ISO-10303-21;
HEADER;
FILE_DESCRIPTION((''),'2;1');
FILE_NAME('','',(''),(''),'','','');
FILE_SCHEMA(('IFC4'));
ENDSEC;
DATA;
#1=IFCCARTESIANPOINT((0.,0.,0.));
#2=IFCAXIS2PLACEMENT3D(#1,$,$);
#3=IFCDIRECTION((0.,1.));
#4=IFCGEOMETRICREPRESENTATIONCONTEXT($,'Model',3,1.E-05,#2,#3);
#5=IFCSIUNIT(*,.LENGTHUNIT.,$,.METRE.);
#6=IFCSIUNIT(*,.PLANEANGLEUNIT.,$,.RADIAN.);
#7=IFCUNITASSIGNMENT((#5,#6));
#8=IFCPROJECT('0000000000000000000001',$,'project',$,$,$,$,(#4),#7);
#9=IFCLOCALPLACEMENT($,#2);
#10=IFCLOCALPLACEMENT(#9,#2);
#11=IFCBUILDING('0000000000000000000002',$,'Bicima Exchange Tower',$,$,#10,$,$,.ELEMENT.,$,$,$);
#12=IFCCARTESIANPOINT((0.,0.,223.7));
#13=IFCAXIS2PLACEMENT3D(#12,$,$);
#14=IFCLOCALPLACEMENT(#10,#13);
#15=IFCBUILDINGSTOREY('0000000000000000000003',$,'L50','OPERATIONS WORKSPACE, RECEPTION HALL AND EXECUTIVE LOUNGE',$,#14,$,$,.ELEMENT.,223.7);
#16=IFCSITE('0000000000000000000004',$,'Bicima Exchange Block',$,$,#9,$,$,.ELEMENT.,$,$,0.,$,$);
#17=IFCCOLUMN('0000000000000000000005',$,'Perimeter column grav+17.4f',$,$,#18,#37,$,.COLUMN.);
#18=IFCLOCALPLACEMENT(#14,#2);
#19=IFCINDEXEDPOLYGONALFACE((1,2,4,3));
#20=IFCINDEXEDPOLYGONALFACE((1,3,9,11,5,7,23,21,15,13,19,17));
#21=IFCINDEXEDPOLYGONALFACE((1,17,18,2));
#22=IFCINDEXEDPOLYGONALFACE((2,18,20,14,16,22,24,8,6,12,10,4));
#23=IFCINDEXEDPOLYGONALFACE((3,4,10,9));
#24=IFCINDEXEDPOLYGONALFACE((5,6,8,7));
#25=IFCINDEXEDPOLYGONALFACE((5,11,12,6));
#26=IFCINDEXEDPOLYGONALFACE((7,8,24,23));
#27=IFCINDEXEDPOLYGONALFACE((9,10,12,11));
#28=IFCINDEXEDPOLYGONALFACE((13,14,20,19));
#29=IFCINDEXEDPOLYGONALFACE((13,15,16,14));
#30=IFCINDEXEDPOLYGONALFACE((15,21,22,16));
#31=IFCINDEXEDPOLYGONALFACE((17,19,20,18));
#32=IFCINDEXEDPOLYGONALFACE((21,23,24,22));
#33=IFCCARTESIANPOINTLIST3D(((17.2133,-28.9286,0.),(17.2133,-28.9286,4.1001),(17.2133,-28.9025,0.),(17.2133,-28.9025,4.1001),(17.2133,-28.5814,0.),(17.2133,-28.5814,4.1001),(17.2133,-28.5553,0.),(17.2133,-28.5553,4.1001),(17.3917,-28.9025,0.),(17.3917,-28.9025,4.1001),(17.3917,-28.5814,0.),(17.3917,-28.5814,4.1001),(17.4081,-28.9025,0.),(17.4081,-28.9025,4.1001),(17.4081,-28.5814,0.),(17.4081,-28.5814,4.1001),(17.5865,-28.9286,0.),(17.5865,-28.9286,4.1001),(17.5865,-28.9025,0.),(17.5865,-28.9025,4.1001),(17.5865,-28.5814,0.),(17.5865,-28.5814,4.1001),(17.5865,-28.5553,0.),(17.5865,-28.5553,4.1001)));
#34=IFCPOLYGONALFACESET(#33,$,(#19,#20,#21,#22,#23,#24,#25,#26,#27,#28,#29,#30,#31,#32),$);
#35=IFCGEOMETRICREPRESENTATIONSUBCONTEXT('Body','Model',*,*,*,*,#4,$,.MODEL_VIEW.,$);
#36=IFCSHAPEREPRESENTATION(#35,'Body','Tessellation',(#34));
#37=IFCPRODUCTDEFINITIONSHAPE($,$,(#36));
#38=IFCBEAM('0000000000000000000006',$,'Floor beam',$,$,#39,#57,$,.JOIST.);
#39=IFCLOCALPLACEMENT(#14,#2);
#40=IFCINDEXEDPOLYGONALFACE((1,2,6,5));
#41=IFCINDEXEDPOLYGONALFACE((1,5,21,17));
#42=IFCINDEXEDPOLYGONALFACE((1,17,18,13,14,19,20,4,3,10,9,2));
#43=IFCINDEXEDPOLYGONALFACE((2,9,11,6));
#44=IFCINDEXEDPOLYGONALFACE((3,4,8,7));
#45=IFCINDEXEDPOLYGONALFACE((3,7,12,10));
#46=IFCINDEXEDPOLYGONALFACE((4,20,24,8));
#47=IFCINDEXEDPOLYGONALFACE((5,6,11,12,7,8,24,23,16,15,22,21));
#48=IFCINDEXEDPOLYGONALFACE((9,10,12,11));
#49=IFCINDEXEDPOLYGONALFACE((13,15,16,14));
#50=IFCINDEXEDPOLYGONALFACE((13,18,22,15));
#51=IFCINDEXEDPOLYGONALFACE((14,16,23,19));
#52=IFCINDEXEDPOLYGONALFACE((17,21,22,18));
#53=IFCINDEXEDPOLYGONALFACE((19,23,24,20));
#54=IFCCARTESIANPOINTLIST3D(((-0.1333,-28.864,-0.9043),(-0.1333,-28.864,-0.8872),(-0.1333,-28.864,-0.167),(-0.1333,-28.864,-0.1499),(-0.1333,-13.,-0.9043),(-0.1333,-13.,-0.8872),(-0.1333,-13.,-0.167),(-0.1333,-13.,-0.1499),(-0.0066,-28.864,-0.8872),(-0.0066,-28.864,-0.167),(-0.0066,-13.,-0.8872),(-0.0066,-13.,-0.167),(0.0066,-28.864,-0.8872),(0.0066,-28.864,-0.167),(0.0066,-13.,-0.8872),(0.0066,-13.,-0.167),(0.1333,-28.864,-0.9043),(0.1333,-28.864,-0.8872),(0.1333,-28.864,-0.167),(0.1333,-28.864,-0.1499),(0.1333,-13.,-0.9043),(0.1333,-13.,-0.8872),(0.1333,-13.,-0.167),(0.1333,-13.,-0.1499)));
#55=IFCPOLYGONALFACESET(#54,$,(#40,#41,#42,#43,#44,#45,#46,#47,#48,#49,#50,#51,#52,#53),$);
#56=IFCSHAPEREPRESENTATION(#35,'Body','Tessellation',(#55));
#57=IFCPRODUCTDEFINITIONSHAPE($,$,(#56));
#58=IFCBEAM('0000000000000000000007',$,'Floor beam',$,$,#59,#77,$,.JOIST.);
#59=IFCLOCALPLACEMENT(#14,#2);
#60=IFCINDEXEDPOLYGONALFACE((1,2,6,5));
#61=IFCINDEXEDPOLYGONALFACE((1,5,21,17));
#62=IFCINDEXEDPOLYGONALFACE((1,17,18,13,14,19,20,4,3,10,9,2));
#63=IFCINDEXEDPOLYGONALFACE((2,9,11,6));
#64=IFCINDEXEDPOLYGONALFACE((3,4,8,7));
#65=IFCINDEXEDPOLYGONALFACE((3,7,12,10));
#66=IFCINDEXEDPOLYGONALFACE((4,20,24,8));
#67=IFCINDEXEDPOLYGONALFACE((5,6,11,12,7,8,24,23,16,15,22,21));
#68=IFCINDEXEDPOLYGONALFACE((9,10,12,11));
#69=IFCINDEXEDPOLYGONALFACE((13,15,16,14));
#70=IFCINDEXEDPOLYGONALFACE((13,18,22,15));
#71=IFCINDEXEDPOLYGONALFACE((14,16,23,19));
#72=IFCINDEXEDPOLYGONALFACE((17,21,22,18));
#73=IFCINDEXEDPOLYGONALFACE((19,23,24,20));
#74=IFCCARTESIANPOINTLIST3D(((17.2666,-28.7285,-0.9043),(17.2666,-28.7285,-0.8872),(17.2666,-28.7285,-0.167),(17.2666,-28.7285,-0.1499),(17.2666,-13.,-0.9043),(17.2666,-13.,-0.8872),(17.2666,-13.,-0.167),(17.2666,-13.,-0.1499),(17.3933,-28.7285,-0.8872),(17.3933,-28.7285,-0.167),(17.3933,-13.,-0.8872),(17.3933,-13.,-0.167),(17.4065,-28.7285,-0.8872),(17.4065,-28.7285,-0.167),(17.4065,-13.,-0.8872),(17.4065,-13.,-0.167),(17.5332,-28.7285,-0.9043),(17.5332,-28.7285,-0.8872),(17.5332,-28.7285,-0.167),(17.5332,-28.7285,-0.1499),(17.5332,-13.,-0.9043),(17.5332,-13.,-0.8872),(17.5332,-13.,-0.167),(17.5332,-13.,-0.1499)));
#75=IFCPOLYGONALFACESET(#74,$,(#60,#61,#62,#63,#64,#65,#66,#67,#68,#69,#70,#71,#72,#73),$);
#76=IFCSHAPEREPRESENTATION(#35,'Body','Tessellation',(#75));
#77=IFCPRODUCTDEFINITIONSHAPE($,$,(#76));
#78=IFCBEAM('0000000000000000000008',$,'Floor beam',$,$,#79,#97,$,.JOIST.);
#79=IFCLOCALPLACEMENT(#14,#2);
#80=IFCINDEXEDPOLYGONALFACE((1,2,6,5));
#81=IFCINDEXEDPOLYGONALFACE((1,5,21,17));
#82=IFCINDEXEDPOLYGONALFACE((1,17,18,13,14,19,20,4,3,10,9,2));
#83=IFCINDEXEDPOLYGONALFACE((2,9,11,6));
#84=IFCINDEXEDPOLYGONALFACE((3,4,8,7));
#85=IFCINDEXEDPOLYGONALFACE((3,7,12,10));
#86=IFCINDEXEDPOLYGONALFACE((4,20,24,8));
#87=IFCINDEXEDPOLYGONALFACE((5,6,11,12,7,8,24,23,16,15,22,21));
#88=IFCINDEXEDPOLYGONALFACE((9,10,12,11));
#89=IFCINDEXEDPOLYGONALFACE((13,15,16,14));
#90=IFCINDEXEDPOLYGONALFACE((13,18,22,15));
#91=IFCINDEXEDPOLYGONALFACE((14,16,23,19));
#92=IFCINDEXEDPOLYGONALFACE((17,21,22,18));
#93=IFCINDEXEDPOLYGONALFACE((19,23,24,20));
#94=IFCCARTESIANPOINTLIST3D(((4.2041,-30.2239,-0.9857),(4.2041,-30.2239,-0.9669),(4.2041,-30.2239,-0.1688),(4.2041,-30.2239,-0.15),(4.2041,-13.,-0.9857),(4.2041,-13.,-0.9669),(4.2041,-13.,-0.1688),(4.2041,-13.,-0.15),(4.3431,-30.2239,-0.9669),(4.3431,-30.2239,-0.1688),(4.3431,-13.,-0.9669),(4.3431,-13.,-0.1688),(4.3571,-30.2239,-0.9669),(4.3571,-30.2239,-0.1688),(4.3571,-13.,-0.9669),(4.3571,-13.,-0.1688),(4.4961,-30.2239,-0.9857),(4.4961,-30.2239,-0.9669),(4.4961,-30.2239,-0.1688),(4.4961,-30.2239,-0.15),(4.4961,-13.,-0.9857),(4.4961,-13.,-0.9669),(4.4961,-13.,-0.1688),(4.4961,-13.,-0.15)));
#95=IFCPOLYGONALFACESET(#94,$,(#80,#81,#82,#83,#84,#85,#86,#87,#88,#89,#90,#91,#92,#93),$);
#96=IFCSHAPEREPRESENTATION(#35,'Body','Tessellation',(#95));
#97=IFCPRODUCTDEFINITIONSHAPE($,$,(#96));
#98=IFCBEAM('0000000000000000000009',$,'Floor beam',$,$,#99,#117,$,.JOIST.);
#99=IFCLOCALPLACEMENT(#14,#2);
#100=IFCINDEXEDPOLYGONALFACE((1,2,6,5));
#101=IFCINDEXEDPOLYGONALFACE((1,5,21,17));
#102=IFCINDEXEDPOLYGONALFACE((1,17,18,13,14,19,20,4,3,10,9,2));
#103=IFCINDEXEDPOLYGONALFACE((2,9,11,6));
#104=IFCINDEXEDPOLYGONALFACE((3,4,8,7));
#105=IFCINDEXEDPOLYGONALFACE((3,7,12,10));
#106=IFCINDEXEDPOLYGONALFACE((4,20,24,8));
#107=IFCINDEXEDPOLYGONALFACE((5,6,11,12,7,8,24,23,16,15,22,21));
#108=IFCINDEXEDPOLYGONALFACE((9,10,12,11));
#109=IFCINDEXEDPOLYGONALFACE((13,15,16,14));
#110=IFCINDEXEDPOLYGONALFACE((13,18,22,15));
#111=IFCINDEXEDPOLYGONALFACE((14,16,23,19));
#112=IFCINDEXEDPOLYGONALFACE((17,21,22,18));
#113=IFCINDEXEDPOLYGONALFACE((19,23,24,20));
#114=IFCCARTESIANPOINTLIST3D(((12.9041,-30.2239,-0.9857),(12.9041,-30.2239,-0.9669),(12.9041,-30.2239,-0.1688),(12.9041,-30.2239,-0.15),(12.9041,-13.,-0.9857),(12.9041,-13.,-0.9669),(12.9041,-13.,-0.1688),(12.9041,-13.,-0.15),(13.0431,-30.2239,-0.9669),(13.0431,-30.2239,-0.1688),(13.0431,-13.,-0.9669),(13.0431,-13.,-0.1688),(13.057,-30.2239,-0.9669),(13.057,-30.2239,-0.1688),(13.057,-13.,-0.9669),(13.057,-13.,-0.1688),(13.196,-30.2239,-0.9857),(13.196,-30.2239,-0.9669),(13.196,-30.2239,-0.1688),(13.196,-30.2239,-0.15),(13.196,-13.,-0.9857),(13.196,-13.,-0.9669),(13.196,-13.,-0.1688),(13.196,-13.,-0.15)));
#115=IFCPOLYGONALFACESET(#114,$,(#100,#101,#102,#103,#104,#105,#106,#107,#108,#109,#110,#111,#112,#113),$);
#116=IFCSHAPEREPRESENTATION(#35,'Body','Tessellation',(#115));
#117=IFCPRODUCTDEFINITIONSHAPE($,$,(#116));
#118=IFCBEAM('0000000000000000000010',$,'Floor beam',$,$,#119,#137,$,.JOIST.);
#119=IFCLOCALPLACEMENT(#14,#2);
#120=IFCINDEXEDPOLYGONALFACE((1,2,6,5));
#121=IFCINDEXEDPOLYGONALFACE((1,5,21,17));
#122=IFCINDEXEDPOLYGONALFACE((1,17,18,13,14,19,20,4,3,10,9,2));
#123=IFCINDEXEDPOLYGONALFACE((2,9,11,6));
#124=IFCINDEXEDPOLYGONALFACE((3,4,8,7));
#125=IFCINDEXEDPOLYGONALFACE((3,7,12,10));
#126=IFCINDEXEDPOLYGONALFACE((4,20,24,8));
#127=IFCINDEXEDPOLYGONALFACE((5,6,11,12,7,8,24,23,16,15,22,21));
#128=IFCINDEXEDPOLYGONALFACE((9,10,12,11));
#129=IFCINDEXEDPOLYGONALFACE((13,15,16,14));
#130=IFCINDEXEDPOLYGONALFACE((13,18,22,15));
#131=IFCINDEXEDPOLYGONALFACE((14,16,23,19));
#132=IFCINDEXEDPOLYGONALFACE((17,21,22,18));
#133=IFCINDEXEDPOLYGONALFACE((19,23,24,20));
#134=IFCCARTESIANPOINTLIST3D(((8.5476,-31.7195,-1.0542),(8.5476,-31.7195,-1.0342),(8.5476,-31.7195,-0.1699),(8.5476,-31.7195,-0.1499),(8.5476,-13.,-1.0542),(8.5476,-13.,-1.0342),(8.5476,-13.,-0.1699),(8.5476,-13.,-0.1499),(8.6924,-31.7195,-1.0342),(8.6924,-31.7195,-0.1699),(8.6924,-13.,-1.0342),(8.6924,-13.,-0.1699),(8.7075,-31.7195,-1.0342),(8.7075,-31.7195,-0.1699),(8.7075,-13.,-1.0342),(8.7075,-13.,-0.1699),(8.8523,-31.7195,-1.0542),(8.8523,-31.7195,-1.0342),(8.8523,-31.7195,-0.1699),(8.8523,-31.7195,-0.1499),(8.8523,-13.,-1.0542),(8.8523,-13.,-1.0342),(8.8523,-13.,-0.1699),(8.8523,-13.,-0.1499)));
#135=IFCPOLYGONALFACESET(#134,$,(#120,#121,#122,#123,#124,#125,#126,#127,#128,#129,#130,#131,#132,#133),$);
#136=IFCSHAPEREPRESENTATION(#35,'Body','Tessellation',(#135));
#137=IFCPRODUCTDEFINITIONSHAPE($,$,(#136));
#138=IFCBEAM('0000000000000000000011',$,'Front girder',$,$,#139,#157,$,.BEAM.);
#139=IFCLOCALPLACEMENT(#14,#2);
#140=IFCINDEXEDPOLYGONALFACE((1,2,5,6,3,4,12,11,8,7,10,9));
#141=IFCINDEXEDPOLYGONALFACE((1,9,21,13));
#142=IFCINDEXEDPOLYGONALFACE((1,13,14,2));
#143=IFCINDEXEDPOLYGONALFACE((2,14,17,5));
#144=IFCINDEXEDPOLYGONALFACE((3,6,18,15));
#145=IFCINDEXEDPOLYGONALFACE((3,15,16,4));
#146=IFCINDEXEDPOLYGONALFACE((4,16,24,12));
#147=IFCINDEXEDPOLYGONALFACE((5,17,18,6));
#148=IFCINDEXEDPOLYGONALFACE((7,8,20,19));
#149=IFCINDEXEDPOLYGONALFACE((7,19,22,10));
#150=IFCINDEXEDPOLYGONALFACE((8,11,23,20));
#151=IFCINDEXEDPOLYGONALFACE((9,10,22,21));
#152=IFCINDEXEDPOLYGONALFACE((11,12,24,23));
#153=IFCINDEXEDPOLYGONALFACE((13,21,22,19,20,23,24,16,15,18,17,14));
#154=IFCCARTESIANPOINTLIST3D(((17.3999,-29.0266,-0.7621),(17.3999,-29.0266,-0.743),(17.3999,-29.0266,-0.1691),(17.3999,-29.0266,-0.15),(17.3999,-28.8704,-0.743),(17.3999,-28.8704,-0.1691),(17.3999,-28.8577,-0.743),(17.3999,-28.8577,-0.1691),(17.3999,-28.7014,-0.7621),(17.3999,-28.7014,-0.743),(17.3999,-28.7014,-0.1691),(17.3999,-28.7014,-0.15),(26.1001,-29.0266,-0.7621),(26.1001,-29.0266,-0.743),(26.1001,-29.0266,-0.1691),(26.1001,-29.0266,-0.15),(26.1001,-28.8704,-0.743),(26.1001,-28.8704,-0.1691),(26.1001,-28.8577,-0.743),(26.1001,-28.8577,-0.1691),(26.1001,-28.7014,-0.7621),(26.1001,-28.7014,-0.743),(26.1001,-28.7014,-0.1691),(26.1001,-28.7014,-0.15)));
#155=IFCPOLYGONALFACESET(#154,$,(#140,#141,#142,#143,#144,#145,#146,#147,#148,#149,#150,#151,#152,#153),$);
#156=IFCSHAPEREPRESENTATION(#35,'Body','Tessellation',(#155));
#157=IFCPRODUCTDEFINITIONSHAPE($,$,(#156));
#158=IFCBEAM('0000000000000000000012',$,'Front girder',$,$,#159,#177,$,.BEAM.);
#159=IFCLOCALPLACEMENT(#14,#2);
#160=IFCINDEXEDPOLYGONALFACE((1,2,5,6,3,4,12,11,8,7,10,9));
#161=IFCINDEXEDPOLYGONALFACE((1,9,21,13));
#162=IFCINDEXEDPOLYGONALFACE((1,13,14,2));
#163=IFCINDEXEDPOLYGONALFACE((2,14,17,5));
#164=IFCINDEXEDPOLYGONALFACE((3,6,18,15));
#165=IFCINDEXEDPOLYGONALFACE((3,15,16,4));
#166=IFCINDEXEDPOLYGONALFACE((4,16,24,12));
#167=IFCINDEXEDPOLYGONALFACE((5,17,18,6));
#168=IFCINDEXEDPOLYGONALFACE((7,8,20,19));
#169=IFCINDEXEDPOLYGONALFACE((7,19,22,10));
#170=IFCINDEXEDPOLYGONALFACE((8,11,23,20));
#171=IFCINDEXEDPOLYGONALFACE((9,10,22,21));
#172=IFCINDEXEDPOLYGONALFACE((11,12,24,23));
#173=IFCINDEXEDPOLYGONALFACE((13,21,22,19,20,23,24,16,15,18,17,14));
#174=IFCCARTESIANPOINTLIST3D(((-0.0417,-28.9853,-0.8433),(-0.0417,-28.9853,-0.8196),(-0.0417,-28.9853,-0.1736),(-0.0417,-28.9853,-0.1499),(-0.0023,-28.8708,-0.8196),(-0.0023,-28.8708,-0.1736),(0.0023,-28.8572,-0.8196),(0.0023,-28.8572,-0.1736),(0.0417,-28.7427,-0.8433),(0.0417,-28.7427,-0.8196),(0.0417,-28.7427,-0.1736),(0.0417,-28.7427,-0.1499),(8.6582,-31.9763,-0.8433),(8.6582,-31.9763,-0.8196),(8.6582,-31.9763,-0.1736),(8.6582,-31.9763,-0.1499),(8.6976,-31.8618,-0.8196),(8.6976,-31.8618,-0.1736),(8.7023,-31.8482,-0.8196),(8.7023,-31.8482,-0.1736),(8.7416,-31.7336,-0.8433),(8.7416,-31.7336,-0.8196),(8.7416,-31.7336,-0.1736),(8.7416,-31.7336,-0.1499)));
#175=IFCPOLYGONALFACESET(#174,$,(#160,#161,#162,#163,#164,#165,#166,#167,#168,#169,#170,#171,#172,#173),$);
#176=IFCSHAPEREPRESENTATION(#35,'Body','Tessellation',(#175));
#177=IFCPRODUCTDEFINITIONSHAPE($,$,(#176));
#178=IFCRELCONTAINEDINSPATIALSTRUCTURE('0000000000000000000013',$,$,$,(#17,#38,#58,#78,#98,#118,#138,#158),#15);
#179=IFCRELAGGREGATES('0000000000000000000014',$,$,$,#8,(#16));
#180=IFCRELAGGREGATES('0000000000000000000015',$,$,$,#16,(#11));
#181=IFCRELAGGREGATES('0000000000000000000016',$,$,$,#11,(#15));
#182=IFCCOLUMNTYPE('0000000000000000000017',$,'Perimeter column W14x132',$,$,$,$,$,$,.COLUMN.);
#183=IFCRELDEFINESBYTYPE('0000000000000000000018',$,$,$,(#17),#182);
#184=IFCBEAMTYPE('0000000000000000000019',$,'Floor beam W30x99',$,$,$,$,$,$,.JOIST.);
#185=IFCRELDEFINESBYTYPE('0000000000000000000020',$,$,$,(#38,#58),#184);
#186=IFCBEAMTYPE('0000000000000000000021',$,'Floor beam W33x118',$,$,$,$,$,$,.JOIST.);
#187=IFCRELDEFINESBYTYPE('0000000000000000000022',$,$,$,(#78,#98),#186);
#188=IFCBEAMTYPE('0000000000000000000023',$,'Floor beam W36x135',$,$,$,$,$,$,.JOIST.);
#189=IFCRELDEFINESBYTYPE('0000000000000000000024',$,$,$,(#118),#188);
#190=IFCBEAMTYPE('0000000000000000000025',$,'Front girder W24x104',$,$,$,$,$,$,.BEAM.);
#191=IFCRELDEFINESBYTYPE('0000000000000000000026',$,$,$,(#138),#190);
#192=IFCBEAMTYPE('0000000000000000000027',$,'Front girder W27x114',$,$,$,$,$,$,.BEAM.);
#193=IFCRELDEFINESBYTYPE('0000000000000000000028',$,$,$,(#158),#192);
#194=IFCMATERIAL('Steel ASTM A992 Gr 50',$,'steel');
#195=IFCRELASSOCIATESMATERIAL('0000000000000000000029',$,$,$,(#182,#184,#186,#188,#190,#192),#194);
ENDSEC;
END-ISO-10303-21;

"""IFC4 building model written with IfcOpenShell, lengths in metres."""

from ifc_helpers import new_model, si_unit, direction, frame, origin, origin_2d, place, context, subcontext, project, spatial, i_section, extrude, material, material_profile, profile_set, type_object, element, save


model = new_model("IFC4")

# Units and contexts
model_context = context("Model", 3, precision=1e-05, world=origin(), true_north=direction((0.0, 1.0)))
body_context = subcontext(model_context, "Body", "Model", "MODEL_VIEW")
ifc_project = project(units=[si_unit("LENGTHUNIT", "METRE"), si_unit("PLANEANGLEUNIT", "RADIAN")], contexts=[model_context])

# Site, building, storey
site_placement = place(None, origin())
site = spatial("IfcSite", under=ifc_project, at=site_placement, Name="Bicima Exchange Block", CompositionType="ELEMENT", RefElevation=0.0)
building_placement = place(site_placement, origin())
building = spatial("IfcBuilding", under=site, at=building_placement, Name="Bicima Exchange Tower", CompositionType="ELEMENT")
storey_placement = place(building_placement, frame((0.0, 0.0, 223.7)))
storey = spatial("IfcBuildingStorey", under=building, at=storey_placement, Name="L50", Description="OPERATIONS WORKSPACE, RECEPTION HALL AND EXECUTIVE LOUNGE", CompositionType="ELEMENT", Elevation=223.7)

# Column
ifc_material_1 = material(Name="Steel ASTM A992 Gr 50", Category="steel")
ifc_material_profile_1 = material_profile(ifc_material_1, i_section(OverallWidth=0.3733, OverallDepth=0.3733, WebThickness=0.0164, FlangeThickness=0.0261, at=origin_2d()))
ifc_profile_set_1 = profile_set([ifc_material_profile_1], Name="Steel ASTM A992 Gr 50")
column_type = type_object("IfcColumnType", Name="Perimeter column W14x132", PredefinedType="COLUMN", material=ifc_profile_set_1)
column_placement = place(storey_placement, frame((17.3999, -28.7419, 0.0), z_axis=(0.0, 0.0, 1.0), x_axis=(1.0, 0.0, 0.0)))
element("IfcColumn", 1, at=column_placement, inside=storey, type_object=column_type, Name="Perimeter column grav+17.4f", PredefinedType="COLUMN", context=body_context, shape_type="SweptSolid", body=[
    extrude(i_section(OverallWidth=0.3733, OverallDepth=0.3733, WebThickness=0.0164, FlangeThickness=0.0261, at=origin_2d()), origin(), (0.0, 0.0, 1.0), 4.1001),
])

# Beams
ifc_material_profile_2 = material_profile(ifc_material_1, i_section(OverallWidth=0.2666, OverallDepth=0.7544, WebThickness=0.0132, FlangeThickness=0.0171, at=origin_2d()))
ifc_profile_set_2 = profile_set([ifc_material_profile_2], Name="Steel ASTM A992 Gr 50")
beam_type_1 = type_object("IfcBeamType", Name="Floor beam W30x99", PredefinedType="JOIST", material=ifc_profile_set_2)
beam_1_placement = place(storey_placement, frame((0.0, -13.0, -0.5271), z_axis=(0.0, -1.0, 0.0), x_axis=(1.0, 0.0, 0.0)))
element("IfcBeam", 2, at=beam_1_placement, inside=storey, type_object=beam_type_1, Name="Floor beam", PredefinedType="JOIST", context=body_context, shape_type="SweptSolid", body=[
    extrude(i_section(OverallWidth=0.2666, OverallDepth=0.7544, WebThickness=0.0132, FlangeThickness=0.0171, at=origin_2d()), origin(), (0.0, 0.0, 1.0), 15.864),
])
beam_2_placement = place(storey_placement, frame((17.3999, -13.0, -0.5271), z_axis=(0.0, -1.0, 0.0), x_axis=(1.0, 0.0, 0.0)))
element("IfcBeam", 3, at=beam_2_placement, inside=storey, type_object=beam_type_1, Name="Floor beam", PredefinedType="JOIST", context=body_context, shape_type="SweptSolid", body=[
    extrude(i_section(OverallWidth=0.2666, OverallDepth=0.7544, WebThickness=0.0132, FlangeThickness=0.0171, at=origin_2d()), origin(), (0.0, 0.0, 1.0), 15.7285),
])
ifc_material_profile_3 = material_profile(ifc_material_1, i_section(OverallWidth=0.292, OverallDepth=0.8357, WebThickness=0.0139, FlangeThickness=0.0188, at=origin_2d()))
ifc_profile_set_3 = profile_set([ifc_material_profile_3], Name="Steel ASTM A992 Gr 50")
beam_type_2 = type_object("IfcBeamType", Name="Floor beam W33x118", PredefinedType="JOIST", material=ifc_profile_set_3)
for number, where, z_axis, x_axis, name in (
    (4, (4.3501, -13.0, -0.5679), (0.0, -1.0, 0.0), (1.0, 0.0, 0.0), "Floor beam"),
    (5, (13.05, -13.0, -0.5679), (0.0, -1.0, 0.0), (1.0, 0.0, 0.0), "Floor beam"),
):
    element("IfcBeam", number, at=place(storey_placement, frame(where, z_axis=z_axis, x_axis=x_axis)), inside=storey, type_object=beam_type_2, Name=name, PredefinedType="JOIST", context=body_context, shape_type="SweptSolid", body=[
        extrude(i_section(OverallWidth=0.292, OverallDepth=0.8357, WebThickness=0.0139, FlangeThickness=0.0188, at=origin_2d()), origin(), (0.0, 0.0, 1.0), 17.2239),
    ])
ifc_material_profile_4 = material_profile(ifc_material_1, i_section(OverallWidth=0.3047, OverallDepth=0.9043, WebThickness=0.0151, FlangeThickness=0.02, at=origin_2d()))
ifc_profile_set_4 = profile_set([ifc_material_profile_4], Name="Steel ASTM A992 Gr 50")
beam_type_3 = type_object("IfcBeamType", Name="Floor beam W36x135", PredefinedType="JOIST", material=ifc_profile_set_4)
beam_3_placement = place(storey_placement, frame((8.7, -13.0, -0.6021), z_axis=(0.0, -1.0, 0.0), x_axis=(1.0, 0.0, 0.0)))
element("IfcBeam", 6, at=beam_3_placement, inside=storey, type_object=beam_type_3, Name="Floor beam", PredefinedType="JOIST", context=body_context, shape_type="SweptSolid", body=[
    extrude(i_section(OverallWidth=0.3047, OverallDepth=0.9043, WebThickness=0.0151, FlangeThickness=0.02, at=origin_2d()), origin(), (0.0, 0.0, 1.0), 18.7195),
])
ifc_material_profile_5 = material_profile(ifc_material_1, i_section(OverallWidth=0.3252, OverallDepth=0.6121, WebThickness=0.0127, FlangeThickness=0.019, at=origin_2d()))
ifc_profile_set_5 = profile_set([ifc_material_profile_5], Name="Steel ASTM A992 Gr 50")
beam_type_4 = type_object("IfcBeamType", Name="Front girder W24x104", PredefinedType="BEAM", material=ifc_profile_set_5)
beam_4_placement = place(storey_placement, frame((17.3999, -28.864, -0.4561), z_axis=(1.0, 0.0, 0.0), x_axis=(0.0, 1.0, 0.0)))
element("IfcBeam", 7, at=beam_4_placement, inside=storey, type_object=beam_type_4, Name="Front girder", PredefinedType="BEAM", context=body_context, shape_type="SweptSolid", body=[
    extrude(i_section(OverallWidth=0.3252, OverallDepth=0.6121, WebThickness=0.0127, FlangeThickness=0.019, at=origin_2d()), origin(), (0.0, 0.0, 1.0), 8.7002),
])
ifc_material_profile_6 = material_profile(ifc_material_1, i_section(OverallWidth=0.2566, OverallDepth=0.6934, WebThickness=0.0144, FlangeThickness=0.0237, at=origin_2d()))
ifc_profile_set_6 = profile_set([ifc_material_profile_6], Name="Steel ASTM A992 Gr 50")
beam_type_5 = type_object("IfcBeamType", Name="Front girder W27x114", PredefinedType="BEAM", material=ifc_profile_set_6)
beam_5_placement = place(storey_placement, frame((0.0, -28.864, -0.4966), z_axis=(0.945675, -0.325115, 0.0), x_axis=(0.325115, 0.945675, 0.0)))
element("IfcBeam", 8, at=beam_5_placement, inside=storey, type_object=beam_type_5, Name="Front girder", PredefinedType="BEAM", context=body_context, shape_type="SweptSolid", body=[
    extrude(i_section(OverallWidth=0.2566, OverallDepth=0.6934, WebThickness=0.0144, FlangeThickness=0.0237, at=origin_2d()), origin(), (0.0, 0.0, 1.0), 9.1997),
])

save(model, "model.ifc")
